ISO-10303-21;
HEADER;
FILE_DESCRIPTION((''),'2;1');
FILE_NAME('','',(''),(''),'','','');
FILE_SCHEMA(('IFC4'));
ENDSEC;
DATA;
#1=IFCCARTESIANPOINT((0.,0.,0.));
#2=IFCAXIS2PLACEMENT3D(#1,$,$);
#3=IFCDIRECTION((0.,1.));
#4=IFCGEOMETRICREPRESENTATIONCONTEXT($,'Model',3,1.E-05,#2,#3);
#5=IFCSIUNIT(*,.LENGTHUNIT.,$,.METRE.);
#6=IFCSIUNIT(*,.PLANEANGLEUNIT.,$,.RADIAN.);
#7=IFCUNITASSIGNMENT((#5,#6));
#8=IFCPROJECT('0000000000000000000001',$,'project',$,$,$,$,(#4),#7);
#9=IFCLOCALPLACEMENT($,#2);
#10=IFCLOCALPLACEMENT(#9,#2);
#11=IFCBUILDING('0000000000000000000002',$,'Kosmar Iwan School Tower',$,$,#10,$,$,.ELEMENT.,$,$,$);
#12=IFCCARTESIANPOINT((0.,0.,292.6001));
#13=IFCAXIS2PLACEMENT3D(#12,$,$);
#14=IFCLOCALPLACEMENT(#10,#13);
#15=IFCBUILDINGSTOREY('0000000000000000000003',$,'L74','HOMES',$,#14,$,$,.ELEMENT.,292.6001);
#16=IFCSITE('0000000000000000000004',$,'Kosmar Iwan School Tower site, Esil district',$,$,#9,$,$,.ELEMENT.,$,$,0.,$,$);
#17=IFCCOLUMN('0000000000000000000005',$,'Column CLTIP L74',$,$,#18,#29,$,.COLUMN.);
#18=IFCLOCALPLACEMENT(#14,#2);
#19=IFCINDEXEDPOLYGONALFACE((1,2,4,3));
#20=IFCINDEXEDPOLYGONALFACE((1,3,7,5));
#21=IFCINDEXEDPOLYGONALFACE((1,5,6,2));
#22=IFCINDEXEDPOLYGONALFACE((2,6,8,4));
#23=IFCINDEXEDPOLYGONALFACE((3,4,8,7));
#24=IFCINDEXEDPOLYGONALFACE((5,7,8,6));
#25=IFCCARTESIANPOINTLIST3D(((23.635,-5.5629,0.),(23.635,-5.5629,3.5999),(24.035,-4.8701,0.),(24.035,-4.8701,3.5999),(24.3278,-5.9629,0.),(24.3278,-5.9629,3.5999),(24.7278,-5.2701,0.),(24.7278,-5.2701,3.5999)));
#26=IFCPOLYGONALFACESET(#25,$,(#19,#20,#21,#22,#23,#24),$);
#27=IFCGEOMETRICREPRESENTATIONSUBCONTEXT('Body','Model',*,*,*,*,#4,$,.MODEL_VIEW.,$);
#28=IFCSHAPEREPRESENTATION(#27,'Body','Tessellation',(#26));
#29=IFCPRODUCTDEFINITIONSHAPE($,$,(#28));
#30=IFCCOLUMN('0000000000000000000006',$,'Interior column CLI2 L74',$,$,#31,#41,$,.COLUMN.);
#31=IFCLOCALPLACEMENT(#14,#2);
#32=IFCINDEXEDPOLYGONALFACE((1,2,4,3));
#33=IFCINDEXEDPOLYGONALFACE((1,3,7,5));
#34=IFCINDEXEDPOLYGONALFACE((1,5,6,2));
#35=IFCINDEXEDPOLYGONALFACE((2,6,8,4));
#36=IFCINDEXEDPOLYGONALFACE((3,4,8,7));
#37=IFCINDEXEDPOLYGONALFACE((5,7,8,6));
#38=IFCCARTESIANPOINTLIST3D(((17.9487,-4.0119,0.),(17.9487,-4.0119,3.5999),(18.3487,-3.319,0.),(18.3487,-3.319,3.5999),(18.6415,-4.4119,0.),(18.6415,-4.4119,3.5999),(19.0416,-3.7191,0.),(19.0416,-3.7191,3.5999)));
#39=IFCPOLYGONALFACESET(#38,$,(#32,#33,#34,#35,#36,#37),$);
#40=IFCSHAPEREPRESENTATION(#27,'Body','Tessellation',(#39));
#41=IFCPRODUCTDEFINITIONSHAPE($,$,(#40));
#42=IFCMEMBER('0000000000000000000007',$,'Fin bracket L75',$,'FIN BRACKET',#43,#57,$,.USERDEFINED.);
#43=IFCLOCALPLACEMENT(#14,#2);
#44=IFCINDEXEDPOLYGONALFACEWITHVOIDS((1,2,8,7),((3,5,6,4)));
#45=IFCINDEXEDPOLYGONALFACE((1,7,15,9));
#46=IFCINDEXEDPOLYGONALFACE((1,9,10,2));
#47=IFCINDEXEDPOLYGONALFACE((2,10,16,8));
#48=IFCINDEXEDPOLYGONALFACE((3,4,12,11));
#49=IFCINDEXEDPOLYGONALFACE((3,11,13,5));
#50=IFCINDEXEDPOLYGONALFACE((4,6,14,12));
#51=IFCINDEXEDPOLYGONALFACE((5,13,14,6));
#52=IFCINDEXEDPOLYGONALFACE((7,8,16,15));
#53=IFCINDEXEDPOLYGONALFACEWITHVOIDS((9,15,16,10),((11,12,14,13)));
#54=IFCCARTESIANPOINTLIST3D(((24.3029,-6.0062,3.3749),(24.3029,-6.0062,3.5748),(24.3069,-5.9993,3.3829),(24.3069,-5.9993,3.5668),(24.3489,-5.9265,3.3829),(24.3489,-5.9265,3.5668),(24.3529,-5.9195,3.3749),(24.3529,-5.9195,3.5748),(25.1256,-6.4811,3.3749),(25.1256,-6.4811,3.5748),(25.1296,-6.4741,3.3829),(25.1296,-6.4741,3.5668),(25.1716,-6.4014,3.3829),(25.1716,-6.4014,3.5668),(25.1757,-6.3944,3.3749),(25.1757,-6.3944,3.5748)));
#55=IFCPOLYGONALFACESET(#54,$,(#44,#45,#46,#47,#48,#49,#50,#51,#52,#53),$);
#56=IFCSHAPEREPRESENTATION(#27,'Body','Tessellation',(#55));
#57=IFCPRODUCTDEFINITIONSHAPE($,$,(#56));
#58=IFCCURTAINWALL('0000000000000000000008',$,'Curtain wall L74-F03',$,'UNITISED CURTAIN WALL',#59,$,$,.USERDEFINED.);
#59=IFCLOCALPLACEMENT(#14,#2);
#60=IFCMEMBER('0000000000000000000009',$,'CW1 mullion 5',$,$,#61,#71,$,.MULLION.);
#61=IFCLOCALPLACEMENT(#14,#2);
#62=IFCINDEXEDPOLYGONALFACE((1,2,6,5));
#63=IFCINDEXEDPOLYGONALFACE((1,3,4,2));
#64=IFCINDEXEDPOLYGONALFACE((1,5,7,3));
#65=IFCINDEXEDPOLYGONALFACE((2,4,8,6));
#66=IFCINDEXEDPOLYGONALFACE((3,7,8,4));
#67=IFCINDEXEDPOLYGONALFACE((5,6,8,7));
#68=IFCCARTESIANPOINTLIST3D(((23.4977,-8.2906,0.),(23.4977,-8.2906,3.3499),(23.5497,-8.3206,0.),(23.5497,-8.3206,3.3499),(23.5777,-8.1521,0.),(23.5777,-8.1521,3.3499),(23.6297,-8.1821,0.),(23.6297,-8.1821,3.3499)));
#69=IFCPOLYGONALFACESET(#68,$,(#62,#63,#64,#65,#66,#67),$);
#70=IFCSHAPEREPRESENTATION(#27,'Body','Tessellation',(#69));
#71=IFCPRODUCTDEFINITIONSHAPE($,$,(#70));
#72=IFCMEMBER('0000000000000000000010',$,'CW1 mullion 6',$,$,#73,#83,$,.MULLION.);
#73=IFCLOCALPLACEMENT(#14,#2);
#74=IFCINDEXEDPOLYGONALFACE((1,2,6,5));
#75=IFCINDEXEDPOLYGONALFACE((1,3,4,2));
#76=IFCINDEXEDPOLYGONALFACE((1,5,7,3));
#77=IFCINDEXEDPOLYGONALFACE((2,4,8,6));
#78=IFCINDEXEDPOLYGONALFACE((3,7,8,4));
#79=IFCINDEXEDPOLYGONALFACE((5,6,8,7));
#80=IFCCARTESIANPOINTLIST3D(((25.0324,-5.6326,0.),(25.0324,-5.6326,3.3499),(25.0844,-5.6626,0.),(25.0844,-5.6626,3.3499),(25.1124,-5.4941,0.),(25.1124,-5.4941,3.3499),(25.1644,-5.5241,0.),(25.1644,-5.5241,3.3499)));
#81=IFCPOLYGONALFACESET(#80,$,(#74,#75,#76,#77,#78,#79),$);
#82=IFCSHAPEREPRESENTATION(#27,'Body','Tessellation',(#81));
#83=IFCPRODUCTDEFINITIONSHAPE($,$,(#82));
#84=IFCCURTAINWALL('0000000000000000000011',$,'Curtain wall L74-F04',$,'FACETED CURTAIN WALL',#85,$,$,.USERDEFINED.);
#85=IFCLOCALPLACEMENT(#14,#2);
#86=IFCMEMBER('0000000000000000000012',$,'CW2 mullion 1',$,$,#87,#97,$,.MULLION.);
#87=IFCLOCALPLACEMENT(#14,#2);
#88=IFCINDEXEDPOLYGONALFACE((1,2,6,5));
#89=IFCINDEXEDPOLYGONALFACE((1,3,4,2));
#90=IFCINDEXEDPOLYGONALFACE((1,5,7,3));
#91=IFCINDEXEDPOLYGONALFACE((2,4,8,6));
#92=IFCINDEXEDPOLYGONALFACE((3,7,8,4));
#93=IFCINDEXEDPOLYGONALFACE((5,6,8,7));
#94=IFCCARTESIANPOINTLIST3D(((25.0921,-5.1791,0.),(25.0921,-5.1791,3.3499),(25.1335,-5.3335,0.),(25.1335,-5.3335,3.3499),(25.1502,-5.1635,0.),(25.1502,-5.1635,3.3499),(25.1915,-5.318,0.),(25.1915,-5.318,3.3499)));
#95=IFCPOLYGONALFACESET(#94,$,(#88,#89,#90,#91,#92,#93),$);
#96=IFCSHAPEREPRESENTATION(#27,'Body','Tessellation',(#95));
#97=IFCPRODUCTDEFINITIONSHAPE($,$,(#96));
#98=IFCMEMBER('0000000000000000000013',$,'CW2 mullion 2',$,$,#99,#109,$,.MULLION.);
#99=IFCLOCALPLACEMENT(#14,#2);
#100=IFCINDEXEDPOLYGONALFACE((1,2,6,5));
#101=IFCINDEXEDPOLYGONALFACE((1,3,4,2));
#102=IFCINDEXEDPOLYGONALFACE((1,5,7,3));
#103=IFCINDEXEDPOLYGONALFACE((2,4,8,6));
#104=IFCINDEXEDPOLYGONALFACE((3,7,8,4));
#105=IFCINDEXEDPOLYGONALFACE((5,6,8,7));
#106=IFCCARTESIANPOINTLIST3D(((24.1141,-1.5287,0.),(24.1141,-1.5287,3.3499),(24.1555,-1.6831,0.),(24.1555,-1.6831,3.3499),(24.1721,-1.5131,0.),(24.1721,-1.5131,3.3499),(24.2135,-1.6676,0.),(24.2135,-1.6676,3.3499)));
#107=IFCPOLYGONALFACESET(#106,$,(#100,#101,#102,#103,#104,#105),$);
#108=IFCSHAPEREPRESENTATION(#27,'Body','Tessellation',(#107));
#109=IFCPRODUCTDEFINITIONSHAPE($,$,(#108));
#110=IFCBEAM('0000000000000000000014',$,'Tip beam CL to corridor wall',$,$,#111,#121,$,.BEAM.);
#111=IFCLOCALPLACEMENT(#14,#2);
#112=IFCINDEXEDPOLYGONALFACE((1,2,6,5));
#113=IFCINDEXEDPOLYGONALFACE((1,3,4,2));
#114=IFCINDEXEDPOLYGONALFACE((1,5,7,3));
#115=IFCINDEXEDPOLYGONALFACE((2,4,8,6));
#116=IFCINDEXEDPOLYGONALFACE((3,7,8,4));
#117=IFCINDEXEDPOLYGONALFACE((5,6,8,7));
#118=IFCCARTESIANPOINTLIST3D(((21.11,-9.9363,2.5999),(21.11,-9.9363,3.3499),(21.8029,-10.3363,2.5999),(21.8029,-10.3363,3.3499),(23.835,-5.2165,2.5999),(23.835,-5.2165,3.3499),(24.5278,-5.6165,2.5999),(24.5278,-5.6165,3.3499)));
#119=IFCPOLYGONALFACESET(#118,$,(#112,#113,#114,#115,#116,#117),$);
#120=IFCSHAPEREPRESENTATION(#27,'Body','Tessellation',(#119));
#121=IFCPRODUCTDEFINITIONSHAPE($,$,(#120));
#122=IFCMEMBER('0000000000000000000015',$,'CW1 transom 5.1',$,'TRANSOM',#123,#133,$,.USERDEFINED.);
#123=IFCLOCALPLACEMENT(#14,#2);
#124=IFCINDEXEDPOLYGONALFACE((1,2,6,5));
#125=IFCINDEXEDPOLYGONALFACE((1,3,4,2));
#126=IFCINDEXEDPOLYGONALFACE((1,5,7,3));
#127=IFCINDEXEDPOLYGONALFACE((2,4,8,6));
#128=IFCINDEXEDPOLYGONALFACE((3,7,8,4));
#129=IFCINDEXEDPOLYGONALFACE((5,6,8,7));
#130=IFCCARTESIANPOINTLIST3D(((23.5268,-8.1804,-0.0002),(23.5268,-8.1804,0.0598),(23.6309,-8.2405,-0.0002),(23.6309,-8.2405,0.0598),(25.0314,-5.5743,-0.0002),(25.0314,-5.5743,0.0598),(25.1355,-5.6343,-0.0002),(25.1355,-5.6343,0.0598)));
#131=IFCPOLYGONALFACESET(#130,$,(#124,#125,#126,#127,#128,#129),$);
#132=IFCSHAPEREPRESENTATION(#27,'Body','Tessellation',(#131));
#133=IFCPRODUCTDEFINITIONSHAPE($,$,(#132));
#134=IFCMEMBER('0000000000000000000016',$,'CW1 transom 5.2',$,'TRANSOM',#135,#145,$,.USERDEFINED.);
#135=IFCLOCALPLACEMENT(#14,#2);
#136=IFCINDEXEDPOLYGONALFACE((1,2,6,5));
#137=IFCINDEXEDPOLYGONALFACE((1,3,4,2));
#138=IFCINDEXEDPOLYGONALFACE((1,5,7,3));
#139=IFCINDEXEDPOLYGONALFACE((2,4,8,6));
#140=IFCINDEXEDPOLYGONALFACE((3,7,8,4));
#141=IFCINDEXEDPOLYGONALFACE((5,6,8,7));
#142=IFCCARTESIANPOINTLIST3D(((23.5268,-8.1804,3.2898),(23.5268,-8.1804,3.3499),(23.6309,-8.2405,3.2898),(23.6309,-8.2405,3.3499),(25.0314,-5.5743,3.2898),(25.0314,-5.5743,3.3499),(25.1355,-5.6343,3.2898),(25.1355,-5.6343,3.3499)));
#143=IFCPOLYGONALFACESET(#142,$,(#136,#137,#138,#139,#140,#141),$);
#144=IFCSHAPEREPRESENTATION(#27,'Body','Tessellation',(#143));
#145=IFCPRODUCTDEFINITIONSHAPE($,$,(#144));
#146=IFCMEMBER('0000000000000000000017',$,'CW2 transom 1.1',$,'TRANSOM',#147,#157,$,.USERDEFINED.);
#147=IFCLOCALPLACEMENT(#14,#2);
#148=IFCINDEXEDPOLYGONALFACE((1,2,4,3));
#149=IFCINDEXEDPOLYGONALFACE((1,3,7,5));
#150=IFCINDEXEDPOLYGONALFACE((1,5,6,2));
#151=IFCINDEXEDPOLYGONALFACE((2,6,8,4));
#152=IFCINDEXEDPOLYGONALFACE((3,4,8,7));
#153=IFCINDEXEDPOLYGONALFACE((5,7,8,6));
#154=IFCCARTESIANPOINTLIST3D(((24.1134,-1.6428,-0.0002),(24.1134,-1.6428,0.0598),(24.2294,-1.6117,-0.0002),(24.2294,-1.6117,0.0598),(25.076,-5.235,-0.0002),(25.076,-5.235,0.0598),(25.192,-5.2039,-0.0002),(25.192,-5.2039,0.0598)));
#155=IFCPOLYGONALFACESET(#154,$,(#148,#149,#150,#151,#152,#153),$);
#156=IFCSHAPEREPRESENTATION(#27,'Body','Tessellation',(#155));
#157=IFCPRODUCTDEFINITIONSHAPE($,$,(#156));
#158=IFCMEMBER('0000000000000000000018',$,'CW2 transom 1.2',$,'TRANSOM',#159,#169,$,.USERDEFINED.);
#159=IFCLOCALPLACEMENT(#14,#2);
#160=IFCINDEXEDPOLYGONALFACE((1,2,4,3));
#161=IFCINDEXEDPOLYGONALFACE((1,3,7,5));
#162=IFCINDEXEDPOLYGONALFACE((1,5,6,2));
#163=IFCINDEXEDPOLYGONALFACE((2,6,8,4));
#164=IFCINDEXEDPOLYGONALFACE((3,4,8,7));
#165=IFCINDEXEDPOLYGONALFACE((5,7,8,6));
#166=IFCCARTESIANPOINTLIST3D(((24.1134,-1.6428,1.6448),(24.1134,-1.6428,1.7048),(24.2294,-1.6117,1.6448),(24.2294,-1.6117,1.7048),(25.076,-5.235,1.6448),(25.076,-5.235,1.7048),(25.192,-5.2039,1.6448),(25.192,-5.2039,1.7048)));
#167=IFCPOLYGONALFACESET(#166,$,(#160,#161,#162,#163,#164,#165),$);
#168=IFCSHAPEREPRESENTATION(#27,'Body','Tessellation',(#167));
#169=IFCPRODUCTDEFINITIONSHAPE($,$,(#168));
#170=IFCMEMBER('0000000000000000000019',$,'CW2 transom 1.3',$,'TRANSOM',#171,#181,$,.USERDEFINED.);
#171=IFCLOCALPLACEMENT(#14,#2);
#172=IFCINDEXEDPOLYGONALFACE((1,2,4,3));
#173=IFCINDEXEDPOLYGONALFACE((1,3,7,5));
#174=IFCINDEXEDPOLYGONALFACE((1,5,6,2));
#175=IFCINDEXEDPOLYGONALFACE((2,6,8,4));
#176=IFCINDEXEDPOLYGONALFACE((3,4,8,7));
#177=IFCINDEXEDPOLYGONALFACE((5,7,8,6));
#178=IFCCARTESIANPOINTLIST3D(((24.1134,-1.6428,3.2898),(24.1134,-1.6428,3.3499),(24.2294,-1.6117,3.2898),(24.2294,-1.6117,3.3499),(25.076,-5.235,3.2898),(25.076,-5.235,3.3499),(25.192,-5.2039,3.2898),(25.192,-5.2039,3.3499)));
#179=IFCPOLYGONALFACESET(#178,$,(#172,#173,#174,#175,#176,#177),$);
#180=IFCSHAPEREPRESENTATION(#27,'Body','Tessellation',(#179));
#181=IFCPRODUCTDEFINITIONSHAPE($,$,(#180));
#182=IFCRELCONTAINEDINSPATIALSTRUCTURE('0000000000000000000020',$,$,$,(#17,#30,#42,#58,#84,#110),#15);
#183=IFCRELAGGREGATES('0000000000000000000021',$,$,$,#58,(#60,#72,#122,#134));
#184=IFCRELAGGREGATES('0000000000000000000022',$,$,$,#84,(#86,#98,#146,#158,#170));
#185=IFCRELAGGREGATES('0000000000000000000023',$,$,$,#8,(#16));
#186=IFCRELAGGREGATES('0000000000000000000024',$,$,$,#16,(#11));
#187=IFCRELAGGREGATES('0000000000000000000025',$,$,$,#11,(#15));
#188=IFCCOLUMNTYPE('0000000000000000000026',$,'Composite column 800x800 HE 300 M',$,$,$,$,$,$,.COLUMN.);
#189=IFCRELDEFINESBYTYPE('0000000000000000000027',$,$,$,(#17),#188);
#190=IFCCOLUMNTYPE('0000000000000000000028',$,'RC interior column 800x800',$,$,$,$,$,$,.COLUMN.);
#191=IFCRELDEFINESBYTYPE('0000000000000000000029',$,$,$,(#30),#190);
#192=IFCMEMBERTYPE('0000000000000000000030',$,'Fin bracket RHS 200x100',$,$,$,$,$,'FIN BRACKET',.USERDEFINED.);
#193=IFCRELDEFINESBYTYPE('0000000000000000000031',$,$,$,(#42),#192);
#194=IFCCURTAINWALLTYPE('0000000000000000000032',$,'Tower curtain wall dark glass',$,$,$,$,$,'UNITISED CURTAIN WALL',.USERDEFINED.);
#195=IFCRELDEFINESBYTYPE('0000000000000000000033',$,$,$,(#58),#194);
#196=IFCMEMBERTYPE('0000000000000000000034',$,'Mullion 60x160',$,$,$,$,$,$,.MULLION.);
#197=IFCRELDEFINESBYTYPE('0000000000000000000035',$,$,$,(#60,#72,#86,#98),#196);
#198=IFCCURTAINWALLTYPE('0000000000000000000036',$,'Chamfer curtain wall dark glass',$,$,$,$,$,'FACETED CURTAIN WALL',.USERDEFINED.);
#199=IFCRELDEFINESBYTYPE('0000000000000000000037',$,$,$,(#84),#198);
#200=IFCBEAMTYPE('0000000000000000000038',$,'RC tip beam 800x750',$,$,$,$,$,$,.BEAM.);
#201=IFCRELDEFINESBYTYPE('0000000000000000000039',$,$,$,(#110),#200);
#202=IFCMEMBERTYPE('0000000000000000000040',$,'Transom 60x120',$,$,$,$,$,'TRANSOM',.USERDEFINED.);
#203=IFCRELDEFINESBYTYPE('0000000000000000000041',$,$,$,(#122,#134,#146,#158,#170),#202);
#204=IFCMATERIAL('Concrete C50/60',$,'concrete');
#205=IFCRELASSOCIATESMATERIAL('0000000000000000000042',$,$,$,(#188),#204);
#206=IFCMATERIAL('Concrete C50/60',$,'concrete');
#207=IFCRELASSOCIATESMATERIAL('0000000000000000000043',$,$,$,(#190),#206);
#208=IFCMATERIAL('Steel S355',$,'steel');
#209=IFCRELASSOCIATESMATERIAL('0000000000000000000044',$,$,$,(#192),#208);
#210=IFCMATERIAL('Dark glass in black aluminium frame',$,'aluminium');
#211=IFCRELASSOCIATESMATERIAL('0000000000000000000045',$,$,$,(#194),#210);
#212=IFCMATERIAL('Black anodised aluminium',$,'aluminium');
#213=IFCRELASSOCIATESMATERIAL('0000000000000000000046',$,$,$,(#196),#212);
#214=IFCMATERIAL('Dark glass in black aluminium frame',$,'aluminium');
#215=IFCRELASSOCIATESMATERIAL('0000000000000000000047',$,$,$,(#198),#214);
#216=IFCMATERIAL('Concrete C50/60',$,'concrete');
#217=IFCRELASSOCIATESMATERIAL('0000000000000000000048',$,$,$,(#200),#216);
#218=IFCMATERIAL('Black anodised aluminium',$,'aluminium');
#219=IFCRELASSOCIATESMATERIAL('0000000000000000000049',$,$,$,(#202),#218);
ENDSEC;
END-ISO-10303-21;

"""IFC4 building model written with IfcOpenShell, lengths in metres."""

from ifc_helpers import new_model, si_unit, direction, frame, origin, origin_2d, place, context, subcontext, project, spatial, rectangle, hollow_rectangle, extrude, material, material_profile, profile_set, type_object, element, aggregate, save


model = new_model("IFC4")

# Units and contexts
model_context = context("Model", 3, precision=1e-05, world=origin(), true_north=direction((0.0, 1.0)))
body_context = subcontext(model_context, "Body", "Model", "MODEL_VIEW")
ifc_project = project(units=[si_unit("LENGTHUNIT", "METRE"), si_unit("PLANEANGLEUNIT", "RADIAN")], contexts=[model_context])

# Site, building, storey
site_placement = place(None, origin())
site = spatial("IfcSite", under=ifc_project, at=site_placement, Name="Kosmar Iwan School Tower site, Esil district", CompositionType="ELEMENT", RefElevation=0.0)
building_placement = place(site_placement, origin())
building = spatial("IfcBuilding", under=site, at=building_placement, Name="Kosmar Iwan School Tower", CompositionType="ELEMENT")
storey_placement = place(building_placement, frame((0.0, 0.0, 292.6001)))
storey = spatial("IfcBuildingStorey", under=building, at=storey_placement, Name="L74", Description="HOMES", CompositionType="ELEMENT", Elevation=292.6001)

# Columns
ifc_material_1 = material(Name="Concrete C50/60", Category="concrete")
ifc_material_profile_1 = material_profile(ifc_material_1, rectangle(XDim=0.8, YDim=0.8, at=origin_2d()), Name="RC 800x800 + HE 300 M")
ifc_profile_set_1 = profile_set([ifc_material_profile_1], Name="Concrete C50/60")
column_type_1 = type_object("IfcColumnType", Name="Composite column 800x800 HE 300 M", PredefinedType="COLUMN", material=ifc_profile_set_1)
column_1_placement = place(storey_placement, frame((24.1814, -5.4165, 0.0), z_axis=(0.0, 0.0, 1.0), x_axis=(0.866025, -0.5, 0.0)))
element("IfcColumn", 1, at=column_1_placement, inside=storey, type_object=column_type_1, Name="Column CLTIP L74", PredefinedType="COLUMN", context=body_context, shape_type="SweptSolid", body=[
    extrude(rectangle(XDim=0.8, YDim=0.8, at=origin_2d()), origin(), (0.0, 0.0, 1.0), 3.5999),
])
ifc_material_2 = material(Name="Concrete C50/60", Category="concrete")
ifc_material_profile_2 = material_profile(ifc_material_2, rectangle(XDim=0.8, YDim=0.8, at=origin_2d()), Name="RC 800x800")
ifc_profile_set_2 = profile_set([ifc_material_profile_2], Name="Concrete C50/60")
column_type_2 = type_object("IfcColumnType", Name="RC interior column 800x800", PredefinedType="COLUMN", material=ifc_profile_set_2)
column_2_placement = place(storey_placement, frame((18.4951, -3.8655, 0.0), z_axis=(0.0, 0.0, 1.0), x_axis=(0.866025, -0.5, 0.0)))
element("IfcColumn", 2, at=column_2_placement, inside=storey, type_object=column_type_2, Name="Interior column CLI2 L74", PredefinedType="COLUMN", context=body_context, shape_type="SweptSolid", body=[
    extrude(rectangle(XDim=0.8, YDim=0.8, at=origin_2d()), origin(), (0.0, 0.0, 1.0), 3.5999),
])

# Member
ifc_material_3 = material(Name="Steel S355", Category="steel")
ifc_material_profile_3 = material_profile(ifc_material_3, hollow_rectangle(XDim=0.1001, YDim=0.2, WallThickness=0.0081, at=origin_2d()), Name="RHS 200x100x8")
ifc_profile_set_3 = profile_set([ifc_material_profile_3], Name="Steel S355")
member_type_1 = type_object("IfcMemberType", Name="Fin bracket RHS 200x100", ElementType="FIN BRACKET", PredefinedType="USERDEFINED", material=ifc_profile_set_3)
member_1_placement = place(storey_placement, frame((24.3279, -5.9629, 3.4749), z_axis=(0.8661, -0.499871, 0.0), x_axis=(0.499871, 0.8661, 0.0)))
element("IfcMember", 3, at=member_1_placement, inside=storey, type_object=member_type_1, Name="Fin bracket L75", ObjectType="FIN BRACKET", PredefinedType="USERDEFINED", context=body_context, shape_type="SweptSolid", body=[
    extrude(hollow_rectangle(XDim=0.1001, YDim=0.2, WallThickness=0.0081, at=origin_2d()), origin(), (0.0, 0.0, 1.0), 0.95),
])

# Curtain walls, members
ifc_material_4 = material(Name="Dark glass in black aluminium frame", Category="aluminium")
curtain_wall_type_1 = type_object("IfcCurtainWallType", Name="Tower curtain wall dark glass", ElementType="UNITISED CURTAIN WALL", PredefinedType="USERDEFINED", material=ifc_material_4)
curtain_wall_1_placement = place(storey_placement, origin())
curtain_wall_1 = element("IfcCurtainWall", 4, at=curtain_wall_1_placement, inside=storey, type_object=curtain_wall_type_1, Name="Curtain wall L74-F03", ObjectType="UNITISED CURTAIN WALL", PredefinedType="USERDEFINED")
ifc_material_5 = material(Name="Black anodised aluminium", Category="aluminium")
ifc_material_profile_4 = material_profile(ifc_material_5, rectangle(XDim=0.0601, YDim=0.1599, at=origin_2d()), Name="MULLION 60x160")
ifc_profile_set_4 = profile_set([ifc_material_profile_4], Name="Black anodised aluminium")
member_type_2 = type_object("IfcMemberType", Name="Mullion 60x160", PredefinedType="MULLION", material=ifc_profile_set_4)
member_2_placement = place(storey_placement, frame((23.5637, -8.2363, 0.0), z_axis=(0.0, 0.0, 1.0), x_axis=(-0.866025, 0.5, 0.0)))
member_2 = element("IfcMember", 5, at=member_2_placement, type_object=member_type_2, Name="CW1 mullion 5", PredefinedType="MULLION", context=body_context, shape_type="SweptSolid", body=[
    extrude(rectangle(XDim=0.0601, YDim=0.1599, at=origin_2d()), origin(), (0.0, 0.0, 1.0), 3.3499),
])
member_3_placement = place(storey_placement, frame((25.0984, -5.5784, 0.0), z_axis=(0.0, 0.0, 1.0), x_axis=(-0.866025, 0.5, 0.0)))
member_3 = element("IfcMember", 6, at=member_3_placement, type_object=member_type_2, Name="CW1 mullion 6", PredefinedType="MULLION", context=body_context, shape_type="SweptSolid", body=[
    extrude(rectangle(XDim=0.0601, YDim=0.1599, at=origin_2d()), origin(), (0.0, 0.0, 1.0), 3.3499),
])
ifc_material_6 = material(Name="Dark glass in black aluminium frame", Category="aluminium")
curtain_wall_type_2 = type_object("IfcCurtainWallType", Name="Chamfer curtain wall dark glass", ElementType="FACETED CURTAIN WALL", PredefinedType="USERDEFINED", material=ifc_material_6)
curtain_wall_2_placement = place(storey_placement, origin())
curtain_wall_2 = element("IfcCurtainWall", 7, at=curtain_wall_2_placement, inside=storey, type_object=curtain_wall_type_2, Name="Curtain wall L74-F04", ObjectType="FACETED CURTAIN WALL", PredefinedType="USERDEFINED")
member_4_placement = place(storey_placement, frame((25.1418, -5.2485, 0.0), z_axis=(0.0, 0.0, 1.0), x_axis=(-0.965926, -0.258819, 0.0)))
member_4 = element("IfcMember", 8, at=member_4_placement, type_object=member_type_2, Name="CW2 mullion 1", PredefinedType="MULLION", context=body_context, shape_type="SweptSolid", body=[
    extrude(rectangle(XDim=0.0601, YDim=0.1599, at=origin_2d()), origin(), (0.0, 0.0, 1.0), 3.3499),
])
member_5_placement = place(storey_placement, frame((24.1638, -1.5981, 0.0), z_axis=(0.0, 0.0, 1.0), x_axis=(-0.965926, -0.258819, 0.0)))
member_5 = element("IfcMember", 9, at=member_5_placement, type_object=member_type_2, Name="CW2 mullion 2", PredefinedType="MULLION", context=body_context, shape_type="SweptSolid", body=[
    extrude(rectangle(XDim=0.0601, YDim=0.1599, at=origin_2d()), origin(), (0.0, 0.0, 1.0), 3.3499),
])

# Beam
ifc_material_7 = material(Name="Concrete C50/60", Category="concrete")
ifc_material_profile_5 = material_profile(ifc_material_7, rectangle(XDim=0.8, YDim=0.75, at=origin_2d()), Name="RC 800x750")
ifc_profile_set_5 = profile_set([ifc_material_profile_5], Name="Concrete C50/60")
beam_type = type_object("IfcBeamType", Name="RC tip beam 800x750", PredefinedType="BEAM", material=ifc_profile_set_5)
beam_placement = place(storey_placement, frame((24.1814, -5.4165, 2.9749), z_axis=(-0.499989, -0.866032, 0.0), x_axis=(0.866032, -0.499989, 0.0)))
element("IfcBeam", 10, at=beam_placement, inside=storey, type_object=beam_type, Name="Tip beam CL to corridor wall", PredefinedType="BEAM", context=body_context, shape_type="SweptSolid", body=[
    extrude(rectangle(XDim=0.8, YDim=0.75, at=origin_2d()), origin(), (0.0, 0.0, 1.0), 5.45),
])

# Members
ifc_material_8 = material(Name="Black anodised aluminium", Category="aluminium")
ifc_material_profile_6 = material_profile(ifc_material_8, rectangle(XDim=0.1201, YDim=0.0601, at=origin_2d()), Name="TRANSOM 60x120")
ifc_profile_set_6 = profile_set([ifc_material_profile_6], Name="Black anodised aluminium")
member_type_3 = type_object("IfcMemberType", Name="Transom 60x120", ElementType="TRANSOM", PredefinedType="USERDEFINED", material=ifc_profile_set_6)
member_6_placement = place(storey_placement, frame((23.5789, -8.2104, 0.0298), z_axis=(0.499987, 0.866033, 0.0), x_axis=(-0.866033, 0.499987, 0.0)))
member_6 = element("IfcMember", 11, at=member_6_placement, type_object=member_type_3, Name="CW1 transom 5.1", ObjectType="TRANSOM", PredefinedType="USERDEFINED", context=body_context, shape_type="SweptSolid", body=[
    extrude(rectangle(XDim=0.1201, YDim=0.0601, at=origin_2d()), origin(), (0.0, 0.0, 1.0), 3.0093),
])
member_7_placement = place(storey_placement, frame((23.5789, -8.2104, 3.3198), z_axis=(0.499987, 0.866033, 0.0), x_axis=(-0.866033, 0.499987, 0.0)))
member_7 = element("IfcMember", 12, at=member_7_placement, type_object=member_type_3, Name="CW1 transom 5.2", ObjectType="TRANSOM", PredefinedType="USERDEFINED", context=body_context, shape_type="SweptSolid", body=[
    extrude(rectangle(XDim=0.1201, YDim=0.0601, at=origin_2d()), origin(), (0.0, 0.0, 1.0), 3.0093),
])
member_8_placement = place(storey_placement, frame((25.134, -5.2195, 0.0298), z_axis=(-0.258843, 0.965919, 0.0), x_axis=(-0.965919, -0.258843, 0.0)))
member_8 = element("IfcMember", 13, at=member_8_placement, type_object=member_type_3, Name="CW2 transom 1.1", ObjectType="TRANSOM", PredefinedType="USERDEFINED", context=body_context, shape_type="SweptSolid", body=[
    extrude(rectangle(XDim=0.1201, YDim=0.0601, at=origin_2d()), origin(), (0.0, 0.0, 1.0), 3.719),
])
member_9_placement = place(storey_placement, frame((25.134, -5.2195, 1.6748), z_axis=(-0.258843, 0.965919, 0.0), x_axis=(-0.965919, -0.258843, 0.0)))
member_9 = element("IfcMember", 14, at=member_9_placement, type_object=member_type_3, Name="CW2 transom 1.2", ObjectType="TRANSOM", PredefinedType="USERDEFINED", context=body_context, shape_type="SweptSolid", body=[
    extrude(rectangle(XDim=0.1201, YDim=0.0601, at=origin_2d()), origin(), (0.0, 0.0, 1.0), 3.719),
])
member_10_placement = place(storey_placement, frame((25.134, -5.2195, 3.3198), z_axis=(-0.258843, 0.965919, 0.0), x_axis=(-0.965919, -0.258843, 0.0)))
member_10 = element("IfcMember", 15, at=member_10_placement, type_object=member_type_3, Name="CW2 transom 1.3", ObjectType="TRANSOM", PredefinedType="USERDEFINED", context=body_context, shape_type="SweptSolid", body=[
    extrude(rectangle(XDim=0.1201, YDim=0.0601, at=origin_2d()), origin(), (0.0, 0.0, 1.0), 3.719),
])

aggregate(curtain_wall_1, [member_2, member_3, member_6, member_7])
aggregate(curtain_wall_2, [member_4, member_5, member_8, member_9, member_10])

save(model, "model.ifc")
